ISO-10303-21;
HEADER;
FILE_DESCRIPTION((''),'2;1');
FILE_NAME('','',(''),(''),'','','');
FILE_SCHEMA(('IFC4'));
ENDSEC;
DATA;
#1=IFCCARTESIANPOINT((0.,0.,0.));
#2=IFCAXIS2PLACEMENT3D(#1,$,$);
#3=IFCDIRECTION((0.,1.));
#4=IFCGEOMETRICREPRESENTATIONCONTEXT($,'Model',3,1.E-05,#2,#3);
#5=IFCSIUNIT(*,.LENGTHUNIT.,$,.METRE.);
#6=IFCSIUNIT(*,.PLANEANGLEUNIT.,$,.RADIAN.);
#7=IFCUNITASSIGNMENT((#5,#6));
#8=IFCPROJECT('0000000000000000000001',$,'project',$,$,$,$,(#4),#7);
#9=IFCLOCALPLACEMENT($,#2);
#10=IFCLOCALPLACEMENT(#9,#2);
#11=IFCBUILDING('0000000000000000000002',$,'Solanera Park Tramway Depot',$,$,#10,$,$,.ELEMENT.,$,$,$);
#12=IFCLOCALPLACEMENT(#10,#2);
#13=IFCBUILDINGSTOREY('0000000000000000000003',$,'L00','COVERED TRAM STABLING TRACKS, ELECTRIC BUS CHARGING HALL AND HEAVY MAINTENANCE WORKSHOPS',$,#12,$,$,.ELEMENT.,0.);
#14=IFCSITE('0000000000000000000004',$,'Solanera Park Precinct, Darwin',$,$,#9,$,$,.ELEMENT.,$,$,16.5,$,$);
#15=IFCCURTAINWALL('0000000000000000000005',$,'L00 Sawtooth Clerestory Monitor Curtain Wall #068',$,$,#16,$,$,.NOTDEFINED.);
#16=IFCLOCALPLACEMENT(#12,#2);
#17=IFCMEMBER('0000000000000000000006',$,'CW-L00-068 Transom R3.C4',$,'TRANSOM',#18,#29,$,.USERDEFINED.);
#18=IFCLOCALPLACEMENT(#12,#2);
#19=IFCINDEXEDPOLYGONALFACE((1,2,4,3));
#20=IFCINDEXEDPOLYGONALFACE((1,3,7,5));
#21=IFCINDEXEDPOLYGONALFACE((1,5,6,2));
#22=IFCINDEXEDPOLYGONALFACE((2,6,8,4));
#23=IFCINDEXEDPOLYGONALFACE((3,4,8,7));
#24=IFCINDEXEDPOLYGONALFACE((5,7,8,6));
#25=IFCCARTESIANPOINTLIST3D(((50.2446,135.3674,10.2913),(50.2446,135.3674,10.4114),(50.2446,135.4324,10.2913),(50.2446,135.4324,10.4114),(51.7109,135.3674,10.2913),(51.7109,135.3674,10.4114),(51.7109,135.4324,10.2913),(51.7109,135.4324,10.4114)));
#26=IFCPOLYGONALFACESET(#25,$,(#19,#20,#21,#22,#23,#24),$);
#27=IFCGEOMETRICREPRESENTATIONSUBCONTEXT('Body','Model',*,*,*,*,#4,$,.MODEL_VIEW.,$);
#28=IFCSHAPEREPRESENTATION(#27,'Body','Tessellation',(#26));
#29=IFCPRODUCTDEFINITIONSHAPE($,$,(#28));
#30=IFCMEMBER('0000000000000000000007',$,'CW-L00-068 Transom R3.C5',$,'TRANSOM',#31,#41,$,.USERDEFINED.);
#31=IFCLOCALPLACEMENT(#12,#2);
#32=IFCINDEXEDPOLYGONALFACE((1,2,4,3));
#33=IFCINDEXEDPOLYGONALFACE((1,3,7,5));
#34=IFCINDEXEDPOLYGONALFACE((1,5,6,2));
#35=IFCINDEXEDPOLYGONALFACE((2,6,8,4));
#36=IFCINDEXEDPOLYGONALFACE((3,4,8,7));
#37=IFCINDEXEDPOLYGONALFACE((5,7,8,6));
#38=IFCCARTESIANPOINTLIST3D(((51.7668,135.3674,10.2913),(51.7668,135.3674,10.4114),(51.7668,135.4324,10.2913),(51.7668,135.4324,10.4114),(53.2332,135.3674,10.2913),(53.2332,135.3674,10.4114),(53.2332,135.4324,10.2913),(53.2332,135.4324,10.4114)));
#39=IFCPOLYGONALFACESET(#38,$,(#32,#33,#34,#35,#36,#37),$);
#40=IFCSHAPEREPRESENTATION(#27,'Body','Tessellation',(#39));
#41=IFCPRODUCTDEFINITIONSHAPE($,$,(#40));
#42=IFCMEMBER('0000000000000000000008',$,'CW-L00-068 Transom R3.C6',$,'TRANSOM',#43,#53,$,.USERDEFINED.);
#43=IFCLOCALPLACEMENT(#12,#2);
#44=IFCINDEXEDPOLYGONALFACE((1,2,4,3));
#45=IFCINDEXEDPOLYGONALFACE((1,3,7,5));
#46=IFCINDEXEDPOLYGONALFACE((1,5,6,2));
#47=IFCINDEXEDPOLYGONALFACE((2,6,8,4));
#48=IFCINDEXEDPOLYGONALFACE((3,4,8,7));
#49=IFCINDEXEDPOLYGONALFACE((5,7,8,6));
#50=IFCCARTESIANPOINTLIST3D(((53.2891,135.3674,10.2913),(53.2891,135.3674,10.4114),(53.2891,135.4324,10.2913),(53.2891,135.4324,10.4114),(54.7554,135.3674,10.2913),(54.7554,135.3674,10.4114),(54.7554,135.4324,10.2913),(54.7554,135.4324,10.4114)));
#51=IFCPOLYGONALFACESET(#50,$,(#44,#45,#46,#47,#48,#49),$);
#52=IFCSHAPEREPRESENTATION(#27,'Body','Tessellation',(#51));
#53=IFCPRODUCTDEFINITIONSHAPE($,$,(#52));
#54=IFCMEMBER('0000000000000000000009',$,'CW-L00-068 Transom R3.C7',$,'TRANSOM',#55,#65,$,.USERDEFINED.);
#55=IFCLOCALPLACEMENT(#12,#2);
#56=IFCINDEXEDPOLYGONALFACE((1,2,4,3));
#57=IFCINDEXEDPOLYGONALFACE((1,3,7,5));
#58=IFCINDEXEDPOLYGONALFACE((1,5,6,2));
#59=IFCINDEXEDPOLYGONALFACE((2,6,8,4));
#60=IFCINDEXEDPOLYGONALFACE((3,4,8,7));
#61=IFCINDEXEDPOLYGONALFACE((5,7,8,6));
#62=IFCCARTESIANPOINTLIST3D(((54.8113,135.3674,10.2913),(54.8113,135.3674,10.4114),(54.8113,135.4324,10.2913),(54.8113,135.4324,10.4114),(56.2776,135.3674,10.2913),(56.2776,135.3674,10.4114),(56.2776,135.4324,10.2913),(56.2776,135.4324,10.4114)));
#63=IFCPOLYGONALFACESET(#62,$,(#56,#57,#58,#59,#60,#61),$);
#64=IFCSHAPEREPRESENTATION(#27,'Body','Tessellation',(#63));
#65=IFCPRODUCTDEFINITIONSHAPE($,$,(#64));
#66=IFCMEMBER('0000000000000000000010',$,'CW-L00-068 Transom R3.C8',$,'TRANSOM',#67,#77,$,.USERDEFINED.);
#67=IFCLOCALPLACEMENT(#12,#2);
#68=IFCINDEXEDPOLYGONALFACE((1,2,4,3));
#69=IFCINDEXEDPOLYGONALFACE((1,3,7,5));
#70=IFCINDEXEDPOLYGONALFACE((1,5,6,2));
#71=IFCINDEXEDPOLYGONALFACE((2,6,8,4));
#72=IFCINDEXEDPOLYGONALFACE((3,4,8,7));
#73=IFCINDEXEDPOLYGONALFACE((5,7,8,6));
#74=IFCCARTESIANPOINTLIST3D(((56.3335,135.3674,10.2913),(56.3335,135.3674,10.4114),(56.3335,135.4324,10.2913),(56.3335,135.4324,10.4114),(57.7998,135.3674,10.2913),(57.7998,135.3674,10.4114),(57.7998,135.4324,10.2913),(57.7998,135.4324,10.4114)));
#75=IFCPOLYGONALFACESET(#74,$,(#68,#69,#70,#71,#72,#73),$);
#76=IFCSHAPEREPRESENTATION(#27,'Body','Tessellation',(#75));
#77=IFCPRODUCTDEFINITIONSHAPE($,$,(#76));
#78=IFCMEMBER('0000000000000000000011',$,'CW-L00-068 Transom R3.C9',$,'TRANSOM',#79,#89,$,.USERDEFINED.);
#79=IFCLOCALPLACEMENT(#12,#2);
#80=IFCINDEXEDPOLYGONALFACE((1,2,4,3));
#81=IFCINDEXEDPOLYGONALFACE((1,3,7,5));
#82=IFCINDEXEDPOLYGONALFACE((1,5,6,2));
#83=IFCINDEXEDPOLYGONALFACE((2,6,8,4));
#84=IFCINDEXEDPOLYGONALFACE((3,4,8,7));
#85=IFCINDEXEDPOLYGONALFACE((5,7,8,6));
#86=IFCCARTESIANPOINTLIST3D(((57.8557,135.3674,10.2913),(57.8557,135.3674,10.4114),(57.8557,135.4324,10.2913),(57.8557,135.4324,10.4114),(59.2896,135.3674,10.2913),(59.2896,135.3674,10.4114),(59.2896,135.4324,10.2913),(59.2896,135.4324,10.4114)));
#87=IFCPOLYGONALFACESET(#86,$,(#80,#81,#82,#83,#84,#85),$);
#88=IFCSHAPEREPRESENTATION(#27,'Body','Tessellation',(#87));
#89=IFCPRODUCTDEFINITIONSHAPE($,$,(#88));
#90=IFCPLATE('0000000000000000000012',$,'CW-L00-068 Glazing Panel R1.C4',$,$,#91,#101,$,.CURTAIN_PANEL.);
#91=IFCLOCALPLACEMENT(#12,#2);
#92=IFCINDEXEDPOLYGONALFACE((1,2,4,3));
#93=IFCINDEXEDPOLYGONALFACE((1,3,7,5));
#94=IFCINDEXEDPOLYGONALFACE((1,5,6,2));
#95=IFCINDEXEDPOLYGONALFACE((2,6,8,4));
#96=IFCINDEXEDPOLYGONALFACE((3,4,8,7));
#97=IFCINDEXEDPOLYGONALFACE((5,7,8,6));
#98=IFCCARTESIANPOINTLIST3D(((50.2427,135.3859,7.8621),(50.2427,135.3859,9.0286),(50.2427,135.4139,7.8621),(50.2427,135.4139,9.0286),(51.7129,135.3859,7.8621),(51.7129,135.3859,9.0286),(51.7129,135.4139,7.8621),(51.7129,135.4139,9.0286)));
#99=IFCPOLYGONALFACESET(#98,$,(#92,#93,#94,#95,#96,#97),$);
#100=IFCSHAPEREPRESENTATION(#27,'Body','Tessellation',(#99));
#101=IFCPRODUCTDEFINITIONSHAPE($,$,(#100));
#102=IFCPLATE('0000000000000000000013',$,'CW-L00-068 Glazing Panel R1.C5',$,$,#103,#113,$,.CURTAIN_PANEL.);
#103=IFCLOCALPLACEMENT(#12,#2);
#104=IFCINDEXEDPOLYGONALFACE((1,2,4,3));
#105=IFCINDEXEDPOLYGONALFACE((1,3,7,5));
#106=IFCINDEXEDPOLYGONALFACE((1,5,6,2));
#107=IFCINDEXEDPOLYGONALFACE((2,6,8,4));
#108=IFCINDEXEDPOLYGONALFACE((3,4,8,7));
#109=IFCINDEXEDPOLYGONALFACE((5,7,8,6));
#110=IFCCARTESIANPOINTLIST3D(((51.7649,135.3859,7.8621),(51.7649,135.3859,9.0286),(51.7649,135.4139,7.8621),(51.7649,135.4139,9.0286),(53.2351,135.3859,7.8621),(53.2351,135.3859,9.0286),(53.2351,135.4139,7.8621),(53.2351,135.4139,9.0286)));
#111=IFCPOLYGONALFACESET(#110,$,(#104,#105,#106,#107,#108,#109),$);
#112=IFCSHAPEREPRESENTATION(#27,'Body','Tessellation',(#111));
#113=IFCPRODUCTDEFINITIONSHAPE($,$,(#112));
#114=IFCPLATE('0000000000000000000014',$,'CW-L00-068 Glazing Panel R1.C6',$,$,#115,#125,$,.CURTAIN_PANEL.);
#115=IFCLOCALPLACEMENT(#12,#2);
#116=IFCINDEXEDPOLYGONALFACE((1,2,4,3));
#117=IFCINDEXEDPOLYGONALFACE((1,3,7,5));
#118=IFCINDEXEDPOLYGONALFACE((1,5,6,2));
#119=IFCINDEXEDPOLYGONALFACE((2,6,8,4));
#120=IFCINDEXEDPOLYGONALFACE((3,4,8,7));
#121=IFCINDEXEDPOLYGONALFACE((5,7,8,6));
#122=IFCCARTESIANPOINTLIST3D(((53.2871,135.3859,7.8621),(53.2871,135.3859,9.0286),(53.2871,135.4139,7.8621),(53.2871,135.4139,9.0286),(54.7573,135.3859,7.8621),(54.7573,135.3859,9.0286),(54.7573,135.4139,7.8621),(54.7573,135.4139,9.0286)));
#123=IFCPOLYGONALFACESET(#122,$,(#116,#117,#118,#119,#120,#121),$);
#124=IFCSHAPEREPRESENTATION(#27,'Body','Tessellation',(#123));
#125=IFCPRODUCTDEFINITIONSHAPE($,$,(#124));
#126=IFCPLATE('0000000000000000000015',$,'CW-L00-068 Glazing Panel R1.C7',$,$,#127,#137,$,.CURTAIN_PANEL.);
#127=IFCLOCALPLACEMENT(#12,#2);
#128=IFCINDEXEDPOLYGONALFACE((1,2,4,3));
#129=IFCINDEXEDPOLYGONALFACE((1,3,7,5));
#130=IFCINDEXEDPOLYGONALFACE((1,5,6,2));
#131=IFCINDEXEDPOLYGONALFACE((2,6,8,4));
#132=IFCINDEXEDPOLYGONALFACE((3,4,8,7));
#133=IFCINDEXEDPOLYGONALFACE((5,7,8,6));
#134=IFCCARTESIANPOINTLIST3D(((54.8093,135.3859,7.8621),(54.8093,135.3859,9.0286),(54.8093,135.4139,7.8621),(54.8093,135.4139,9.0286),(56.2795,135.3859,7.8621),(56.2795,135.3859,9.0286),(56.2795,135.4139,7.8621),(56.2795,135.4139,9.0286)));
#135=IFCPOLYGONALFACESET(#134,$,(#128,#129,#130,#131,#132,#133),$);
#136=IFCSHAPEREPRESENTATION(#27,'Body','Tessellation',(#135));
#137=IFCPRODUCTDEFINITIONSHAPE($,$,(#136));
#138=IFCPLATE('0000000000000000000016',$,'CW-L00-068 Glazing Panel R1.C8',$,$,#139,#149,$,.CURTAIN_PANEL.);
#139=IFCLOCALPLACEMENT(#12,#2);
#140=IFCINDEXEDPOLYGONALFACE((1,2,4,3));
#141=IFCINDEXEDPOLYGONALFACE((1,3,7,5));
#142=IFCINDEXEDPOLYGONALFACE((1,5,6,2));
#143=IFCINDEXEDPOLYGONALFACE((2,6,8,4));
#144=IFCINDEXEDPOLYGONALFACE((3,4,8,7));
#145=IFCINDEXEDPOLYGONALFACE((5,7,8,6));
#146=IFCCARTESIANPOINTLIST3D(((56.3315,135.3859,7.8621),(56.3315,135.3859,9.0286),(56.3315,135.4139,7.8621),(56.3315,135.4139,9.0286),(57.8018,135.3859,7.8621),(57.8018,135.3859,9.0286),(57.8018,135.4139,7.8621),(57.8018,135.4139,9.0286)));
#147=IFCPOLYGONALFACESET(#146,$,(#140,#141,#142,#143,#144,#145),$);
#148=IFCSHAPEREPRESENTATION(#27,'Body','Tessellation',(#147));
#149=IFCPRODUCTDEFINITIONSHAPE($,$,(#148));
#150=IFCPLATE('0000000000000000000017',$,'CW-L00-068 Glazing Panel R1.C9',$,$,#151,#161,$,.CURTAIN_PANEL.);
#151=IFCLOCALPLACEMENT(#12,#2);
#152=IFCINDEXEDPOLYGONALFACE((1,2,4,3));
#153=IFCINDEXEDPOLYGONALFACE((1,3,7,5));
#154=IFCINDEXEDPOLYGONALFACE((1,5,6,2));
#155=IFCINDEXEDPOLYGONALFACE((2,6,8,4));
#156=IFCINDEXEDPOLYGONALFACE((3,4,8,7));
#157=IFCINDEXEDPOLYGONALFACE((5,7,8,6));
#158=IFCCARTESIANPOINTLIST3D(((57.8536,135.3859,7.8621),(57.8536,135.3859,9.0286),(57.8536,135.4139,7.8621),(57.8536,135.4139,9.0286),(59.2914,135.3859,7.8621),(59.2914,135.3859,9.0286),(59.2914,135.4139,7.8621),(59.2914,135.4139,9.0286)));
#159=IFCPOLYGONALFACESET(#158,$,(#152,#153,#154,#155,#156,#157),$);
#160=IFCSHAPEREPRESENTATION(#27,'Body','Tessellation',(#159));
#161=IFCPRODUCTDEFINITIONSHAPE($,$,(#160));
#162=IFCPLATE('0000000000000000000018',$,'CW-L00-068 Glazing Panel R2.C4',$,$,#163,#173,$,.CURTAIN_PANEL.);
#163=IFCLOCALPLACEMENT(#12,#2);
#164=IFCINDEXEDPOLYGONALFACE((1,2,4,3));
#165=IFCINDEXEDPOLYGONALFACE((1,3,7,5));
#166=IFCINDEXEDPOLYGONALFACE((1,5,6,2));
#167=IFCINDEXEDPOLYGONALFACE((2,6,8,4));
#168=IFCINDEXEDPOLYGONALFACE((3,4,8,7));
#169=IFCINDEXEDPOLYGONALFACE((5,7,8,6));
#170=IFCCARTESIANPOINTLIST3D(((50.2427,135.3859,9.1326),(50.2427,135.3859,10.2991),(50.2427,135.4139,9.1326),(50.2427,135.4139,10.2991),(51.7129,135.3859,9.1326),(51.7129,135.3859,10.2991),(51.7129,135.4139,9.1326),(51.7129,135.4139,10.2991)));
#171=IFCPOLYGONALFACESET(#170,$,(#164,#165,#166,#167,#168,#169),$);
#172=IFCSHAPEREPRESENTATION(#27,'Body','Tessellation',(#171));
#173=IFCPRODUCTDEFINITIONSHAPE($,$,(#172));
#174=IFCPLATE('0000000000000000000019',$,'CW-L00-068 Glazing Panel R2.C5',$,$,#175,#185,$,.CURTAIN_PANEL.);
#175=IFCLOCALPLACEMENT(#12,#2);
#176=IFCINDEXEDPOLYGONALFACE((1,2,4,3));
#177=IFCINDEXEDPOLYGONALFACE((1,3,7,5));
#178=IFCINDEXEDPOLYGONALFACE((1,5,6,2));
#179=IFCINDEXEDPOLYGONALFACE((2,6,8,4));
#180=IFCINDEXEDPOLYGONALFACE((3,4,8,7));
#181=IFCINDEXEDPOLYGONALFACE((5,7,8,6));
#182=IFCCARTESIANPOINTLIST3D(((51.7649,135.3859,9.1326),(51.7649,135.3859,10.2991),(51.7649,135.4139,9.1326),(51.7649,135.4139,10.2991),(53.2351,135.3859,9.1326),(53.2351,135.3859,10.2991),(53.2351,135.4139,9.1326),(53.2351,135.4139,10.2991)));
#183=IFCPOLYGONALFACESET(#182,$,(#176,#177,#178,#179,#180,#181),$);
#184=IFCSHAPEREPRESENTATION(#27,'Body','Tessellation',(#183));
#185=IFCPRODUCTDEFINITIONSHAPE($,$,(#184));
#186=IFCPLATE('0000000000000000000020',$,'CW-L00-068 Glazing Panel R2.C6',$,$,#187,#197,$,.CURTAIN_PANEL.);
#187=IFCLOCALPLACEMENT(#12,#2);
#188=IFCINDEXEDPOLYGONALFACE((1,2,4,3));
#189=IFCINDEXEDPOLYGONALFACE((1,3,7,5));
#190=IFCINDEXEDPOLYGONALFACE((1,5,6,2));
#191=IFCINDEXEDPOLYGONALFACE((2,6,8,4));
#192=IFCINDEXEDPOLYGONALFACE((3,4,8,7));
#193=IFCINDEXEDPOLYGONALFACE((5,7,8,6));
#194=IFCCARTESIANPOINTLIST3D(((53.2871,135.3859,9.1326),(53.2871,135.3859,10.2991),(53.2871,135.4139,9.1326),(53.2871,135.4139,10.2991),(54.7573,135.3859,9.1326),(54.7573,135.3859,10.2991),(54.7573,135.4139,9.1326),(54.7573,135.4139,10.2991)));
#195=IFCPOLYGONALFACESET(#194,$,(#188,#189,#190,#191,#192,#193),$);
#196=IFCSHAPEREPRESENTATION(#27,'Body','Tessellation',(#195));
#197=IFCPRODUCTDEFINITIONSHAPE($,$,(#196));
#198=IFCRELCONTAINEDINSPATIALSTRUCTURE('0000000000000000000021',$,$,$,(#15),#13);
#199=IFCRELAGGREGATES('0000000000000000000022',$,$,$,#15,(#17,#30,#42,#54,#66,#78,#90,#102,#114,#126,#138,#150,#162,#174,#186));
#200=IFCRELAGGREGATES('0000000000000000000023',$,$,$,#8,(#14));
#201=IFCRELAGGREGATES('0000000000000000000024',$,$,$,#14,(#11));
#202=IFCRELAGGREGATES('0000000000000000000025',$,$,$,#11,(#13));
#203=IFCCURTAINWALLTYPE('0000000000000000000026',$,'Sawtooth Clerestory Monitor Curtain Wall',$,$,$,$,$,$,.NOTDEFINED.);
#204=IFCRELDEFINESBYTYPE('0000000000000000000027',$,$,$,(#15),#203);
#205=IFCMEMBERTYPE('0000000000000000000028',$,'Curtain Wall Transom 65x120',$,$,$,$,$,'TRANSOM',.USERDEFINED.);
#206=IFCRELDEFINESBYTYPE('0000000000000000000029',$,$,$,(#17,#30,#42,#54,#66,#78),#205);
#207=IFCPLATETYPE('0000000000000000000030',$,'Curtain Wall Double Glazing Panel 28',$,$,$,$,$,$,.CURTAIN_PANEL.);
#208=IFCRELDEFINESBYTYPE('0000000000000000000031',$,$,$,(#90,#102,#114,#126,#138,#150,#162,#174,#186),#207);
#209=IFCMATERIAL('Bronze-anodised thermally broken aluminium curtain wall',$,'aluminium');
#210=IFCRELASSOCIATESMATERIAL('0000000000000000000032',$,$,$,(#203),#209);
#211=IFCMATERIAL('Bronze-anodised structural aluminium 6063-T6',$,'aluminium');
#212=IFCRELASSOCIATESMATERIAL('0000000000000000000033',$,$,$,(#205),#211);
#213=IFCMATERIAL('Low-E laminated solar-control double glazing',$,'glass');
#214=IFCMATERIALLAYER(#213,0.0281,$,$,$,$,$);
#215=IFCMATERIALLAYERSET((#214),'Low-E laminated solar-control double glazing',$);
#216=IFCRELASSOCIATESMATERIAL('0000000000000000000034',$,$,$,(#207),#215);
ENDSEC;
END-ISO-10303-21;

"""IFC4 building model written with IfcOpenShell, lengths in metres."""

from ifc_helpers import new_model, si_unit, direction, frame, origin, origin_2d, place, context, subcontext, project, spatial, rectangle, extrude, material, layer, layer_set, material_profile, profile_set, type_object, element, aggregate, save


model = new_model("IFC4")

# Units and contexts
model_context = context("Model", 3, precision=1e-05, world=origin(), true_north=direction((0.0, 1.0)))
body_context = subcontext(model_context, "Body", "Model", "MODEL_VIEW")
ifc_project = project(units=[si_unit("LENGTHUNIT", "METRE"), si_unit("PLANEANGLEUNIT", "RADIAN")], contexts=[model_context])

# Site, building, storey
site_placement = place(None, origin())
site = spatial("IfcSite", under=ifc_project, at=site_placement, Name="Solanera Park Precinct, Darwin", CompositionType="ELEMENT", RefElevation=16.5)
building_placement = place(site_placement, origin())
building = spatial("IfcBuilding", under=site, at=building_placement, Name="Solanera Park Tramway Depot", CompositionType="ELEMENT")
storey_placement = place(building_placement, origin())
storey = spatial("IfcBuildingStorey", under=building, at=storey_placement, Name="L00", Description="COVERED TRAM STABLING TRACKS, ELECTRIC BUS CHARGING HALL AND HEAVY MAINTENANCE WORKSHOPS", CompositionType="ELEMENT", Elevation=0.0)

# Curtain wall, members, plates
ifc_material_1 = material(Name="Bronze-anodised thermally broken aluminium curtain wall", Category="aluminium")
curtain_wall_type = type_object("IfcCurtainWallType", Name="Sawtooth Clerestory Monitor Curtain Wall", PredefinedType="NOTDEFINED", material=ifc_material_1)
curtain_wall_placement = place(storey_placement, origin())
curtain_wall = element("IfcCurtainWall", 1, at=curtain_wall_placement, inside=storey, type_object=curtain_wall_type, Name="L00 Sawtooth Clerestory Monitor Curtain Wall #068", PredefinedType="NOTDEFINED")
ifc_material_2 = material(Name="Bronze-anodised structural aluminium 6063-T6", Category="aluminium")
ifc_material_profile_1 = material_profile(ifc_material_2, rectangle(XDim=0.0649, YDim=0.1201, at=origin_2d()), Name="Curtain Wall Transom 65x120")
ifc_profile_set_1 = profile_set([ifc_material_profile_1], Name="Bronze-anodised structural aluminium 6063-T6")
member_type_1 = type_object("IfcMemberType", Name="Curtain Wall Transom 65x120", ElementType="TRANSOM", PredefinedType="USERDEFINED", material=ifc_profile_set_1)
member_1_placement = place(storey_placement, frame((50.2446, 135.3999, 10.3513), z_axis=(1.0, 0.0, 0.0), x_axis=(0.0, 1.0, 0.0)))
member_1 = element("IfcMember", 2, at=member_1_placement, type_object=member_type_1, Name="CW-L00-068 Transom R3.C4", ObjectType="TRANSOM", PredefinedType="USERDEFINED", context=body_context, shape_type="SweptSolid", body=[
    extrude(rectangle(XDim=0.0649, YDim=0.1201, at=origin_2d()), origin(), (0.0, 0.0, 1.0), 1.4663),
])
member_2_placement = place(storey_placement, frame((51.7668, 135.3999, 10.3513), z_axis=(1.0, 0.0, 0.0), x_axis=(0.0, 1.0, 0.0)))
member_2 = element("IfcMember", 3, at=member_2_placement, type_object=member_type_1, Name="CW-L00-068 Transom R3.C5", ObjectType="TRANSOM", PredefinedType="USERDEFINED", context=body_context, shape_type="SweptSolid", body=[
    extrude(rectangle(XDim=0.0649, YDim=0.1201, at=origin_2d()), origin(), (0.0, 0.0, 1.0), 1.4663),
])
member_3_placement = place(storey_placement, frame((53.2891, 135.3999, 10.3513), z_axis=(1.0, 0.0, 0.0), x_axis=(0.0, 1.0, 0.0)))
member_3 = element("IfcMember", 4, at=member_3_placement, type_object=member_type_1, Name="CW-L00-068 Transom R3.C6", ObjectType="TRANSOM", PredefinedType="USERDEFINED", context=body_context, shape_type="SweptSolid", body=[
    extrude(rectangle(XDim=0.0649, YDim=0.1201, at=origin_2d()), origin(), (0.0, 0.0, 1.0), 1.4663),
])
member_4_placement = place(storey_placement, frame((54.8113, 135.3999, 10.3513), z_axis=(1.0, 0.0, 0.0), x_axis=(0.0, 1.0, 0.0)))
member_4 = element("IfcMember", 5, at=member_4_placement, type_object=member_type_1, Name="CW-L00-068 Transom R3.C7", ObjectType="TRANSOM", PredefinedType="USERDEFINED", context=body_context, shape_type="SweptSolid", body=[
    extrude(rectangle(XDim=0.0649, YDim=0.1201, at=origin_2d()), origin(), (0.0, 0.0, 1.0), 1.4663),
])
member_5_placement = place(storey_placement, frame((56.3335, 135.3999, 10.3513), z_axis=(1.0, 0.0, 0.0), x_axis=(0.0, 1.0, 0.0)))
member_5 = element("IfcMember", 6, at=member_5_placement, type_object=member_type_1, Name="CW-L00-068 Transom R3.C8", ObjectType="TRANSOM", PredefinedType="USERDEFINED", context=body_context, shape_type="SweptSolid", body=[
    extrude(rectangle(XDim=0.0649, YDim=0.1201, at=origin_2d()), origin(), (0.0, 0.0, 1.0), 1.4663),
])
member_6_placement = place(storey_placement, frame((57.8557, 135.3999, 10.3513), z_axis=(1.0, 0.0, 0.0), x_axis=(0.0, 1.0, 0.0)))
member_6 = element("IfcMember", 7, at=member_6_placement, type_object=member_type_1, Name="CW-L00-068 Transom R3.C9", ObjectType="TRANSOM", PredefinedType="USERDEFINED", context=body_context, shape_type="SweptSolid", body=[
    extrude(rectangle(XDim=0.0649, YDim=0.1201, at=origin_2d()), origin(), (0.0, 0.0, 1.0), 1.4338),
])
ifc_material_3 = material(Name="Low-E laminated solar-control double glazing", Category="glass")
ifc_layer = layer(ifc_material_3, 0.0281)
ifc_layer_set = layer_set([ifc_layer], Name="Low-E laminated solar-control double glazing")
plate_type = type_object("IfcPlateType", Name="Curtain Wall Double Glazing Panel 28", PredefinedType="CURTAIN_PANEL", material=ifc_layer_set)
plate_1_placement = place(storey_placement, frame((50.9778, 135.3999, 7.8621), z_axis=(0.0, 0.0, 1.0), x_axis=(1.0, 0.0, 0.0)))
plate_1 = element("IfcPlate", 8, at=plate_1_placement, type_object=plate_type, Name="CW-L00-068 Glazing Panel R1.C4", PredefinedType="CURTAIN_PANEL", context=body_context, shape_type="SweptSolid", body=[
    extrude(rectangle(XDim=1.4702, YDim=0.0281, at=origin_2d()), origin(), (0.0, 0.0, 1.0), 1.1665),
])
plate_2_placement = place(storey_placement, frame((52.5, 135.3999, 7.8621), z_axis=(0.0, 0.0, 1.0), x_axis=(1.0, 0.0, 0.0)))
plate_2 = element("IfcPlate", 9, at=plate_2_placement, type_object=plate_type, Name="CW-L00-068 Glazing Panel R1.C5", PredefinedType="CURTAIN_PANEL", context=body_context, shape_type="SweptSolid", body=[
    extrude(rectangle(XDim=1.4702, YDim=0.0281, at=origin_2d()), origin(), (0.0, 0.0, 1.0), 1.1665),
])
plate_3_placement = place(storey_placement, frame((54.0222, 135.3999, 7.8621), z_axis=(0.0, 0.0, 1.0), x_axis=(1.0, 0.0, 0.0)))
plate_3 = element("IfcPlate", 10, at=plate_3_placement, type_object=plate_type, Name="CW-L00-068 Glazing Panel R1.C6", PredefinedType="CURTAIN_PANEL", context=body_context, shape_type="SweptSolid", body=[
    extrude(rectangle(XDim=1.4702, YDim=0.0281, at=origin_2d()), origin(), (0.0, 0.0, 1.0), 1.1665),
])
plate_4_placement = place(storey_placement, frame((55.5444, 135.3999, 7.8621), z_axis=(0.0, 0.0, 1.0), x_axis=(1.0, 0.0, 0.0)))
plate_4 = element("IfcPlate", 11, at=plate_4_placement, type_object=plate_type, Name="CW-L00-068 Glazing Panel R1.C7", PredefinedType="CURTAIN_PANEL", context=body_context, shape_type="SweptSolid", body=[
    extrude(rectangle(XDim=1.4702, YDim=0.0281, at=origin_2d()), origin(), (0.0, 0.0, 1.0), 1.1665),
])
plate_5_placement = place(storey_placement, frame((57.0667, 135.3999, 7.8621), z_axis=(0.0, 0.0, 1.0), x_axis=(1.0, 0.0, 0.0)))
plate_5 = element("IfcPlate", 12, at=plate_5_placement, type_object=plate_type, Name="CW-L00-068 Glazing Panel R1.C8", PredefinedType="CURTAIN_PANEL", context=body_context, shape_type="SweptSolid", body=[
    extrude(rectangle(XDim=1.4702, YDim=0.0281, at=origin_2d()), origin(), (0.0, 0.0, 1.0), 1.1665),
])
plate_6_placement = place(storey_placement, frame((58.5725, 135.3999, 7.8621), z_axis=(0.0, 0.0, 1.0), x_axis=(1.0, 0.0, 0.0)))
plate_6 = element("IfcPlate", 13, at=plate_6_placement, type_object=plate_type, Name="CW-L00-068 Glazing Panel R1.C9", PredefinedType="CURTAIN_PANEL", context=body_context, shape_type="SweptSolid", body=[
    extrude(rectangle(XDim=1.4377, YDim=0.0281, at=origin_2d()), origin(), (0.0, 0.0, 1.0), 1.1665),
])
plate_7_placement = place(storey_placement, frame((50.9778, 135.3999, 9.1326), z_axis=(0.0, 0.0, 1.0), x_axis=(1.0, 0.0, 0.0)))
plate_7 = element("IfcPlate", 14, at=plate_7_placement, type_object=plate_type, Name="CW-L00-068 Glazing Panel R2.C4", PredefinedType="CURTAIN_PANEL", context=body_context, shape_type="SweptSolid", body=[
    extrude(rectangle(XDim=1.4702, YDim=0.0281, at=origin_2d()), origin(), (0.0, 0.0, 1.0), 1.1665),
])
plate_8_placement = place(storey_placement, frame((52.5, 135.3999, 9.1326), z_axis=(0.0, 0.0, 1.0), x_axis=(1.0, 0.0, 0.0)))
plate_8 = element("IfcPlate", 15, at=plate_8_placement, type_object=plate_type, Name="CW-L00-068 Glazing Panel R2.C5", PredefinedType="CURTAIN_PANEL", context=body_context, shape_type="SweptSolid", body=[
    extrude(rectangle(XDim=1.4702, YDim=0.0281, at=origin_2d()), origin(), (0.0, 0.0, 1.0), 1.1665),
])
plate_9_placement = place(storey_placement, frame((54.0222, 135.3999, 9.1326), z_axis=(0.0, 0.0, 1.0), x_axis=(1.0, 0.0, 0.0)))
plate_9 = element("IfcPlate", 16, at=plate_9_placement, type_object=plate_type, Name="CW-L00-068 Glazing Panel R2.C6", PredefinedType="CURTAIN_PANEL", context=body_context, shape_type="SweptSolid", body=[
    extrude(rectangle(XDim=1.4702, YDim=0.0281, at=origin_2d()), origin(), (0.0, 0.0, 1.0), 1.1665),
])
aggregate(curtain_wall, [member_1, member_2, member_3, member_4, member_5, member_6, plate_1, plate_2, plate_3, plate_4, plate_5, plate_6, plate_7, plate_8, plate_9])

save(model, "model.ifc")
